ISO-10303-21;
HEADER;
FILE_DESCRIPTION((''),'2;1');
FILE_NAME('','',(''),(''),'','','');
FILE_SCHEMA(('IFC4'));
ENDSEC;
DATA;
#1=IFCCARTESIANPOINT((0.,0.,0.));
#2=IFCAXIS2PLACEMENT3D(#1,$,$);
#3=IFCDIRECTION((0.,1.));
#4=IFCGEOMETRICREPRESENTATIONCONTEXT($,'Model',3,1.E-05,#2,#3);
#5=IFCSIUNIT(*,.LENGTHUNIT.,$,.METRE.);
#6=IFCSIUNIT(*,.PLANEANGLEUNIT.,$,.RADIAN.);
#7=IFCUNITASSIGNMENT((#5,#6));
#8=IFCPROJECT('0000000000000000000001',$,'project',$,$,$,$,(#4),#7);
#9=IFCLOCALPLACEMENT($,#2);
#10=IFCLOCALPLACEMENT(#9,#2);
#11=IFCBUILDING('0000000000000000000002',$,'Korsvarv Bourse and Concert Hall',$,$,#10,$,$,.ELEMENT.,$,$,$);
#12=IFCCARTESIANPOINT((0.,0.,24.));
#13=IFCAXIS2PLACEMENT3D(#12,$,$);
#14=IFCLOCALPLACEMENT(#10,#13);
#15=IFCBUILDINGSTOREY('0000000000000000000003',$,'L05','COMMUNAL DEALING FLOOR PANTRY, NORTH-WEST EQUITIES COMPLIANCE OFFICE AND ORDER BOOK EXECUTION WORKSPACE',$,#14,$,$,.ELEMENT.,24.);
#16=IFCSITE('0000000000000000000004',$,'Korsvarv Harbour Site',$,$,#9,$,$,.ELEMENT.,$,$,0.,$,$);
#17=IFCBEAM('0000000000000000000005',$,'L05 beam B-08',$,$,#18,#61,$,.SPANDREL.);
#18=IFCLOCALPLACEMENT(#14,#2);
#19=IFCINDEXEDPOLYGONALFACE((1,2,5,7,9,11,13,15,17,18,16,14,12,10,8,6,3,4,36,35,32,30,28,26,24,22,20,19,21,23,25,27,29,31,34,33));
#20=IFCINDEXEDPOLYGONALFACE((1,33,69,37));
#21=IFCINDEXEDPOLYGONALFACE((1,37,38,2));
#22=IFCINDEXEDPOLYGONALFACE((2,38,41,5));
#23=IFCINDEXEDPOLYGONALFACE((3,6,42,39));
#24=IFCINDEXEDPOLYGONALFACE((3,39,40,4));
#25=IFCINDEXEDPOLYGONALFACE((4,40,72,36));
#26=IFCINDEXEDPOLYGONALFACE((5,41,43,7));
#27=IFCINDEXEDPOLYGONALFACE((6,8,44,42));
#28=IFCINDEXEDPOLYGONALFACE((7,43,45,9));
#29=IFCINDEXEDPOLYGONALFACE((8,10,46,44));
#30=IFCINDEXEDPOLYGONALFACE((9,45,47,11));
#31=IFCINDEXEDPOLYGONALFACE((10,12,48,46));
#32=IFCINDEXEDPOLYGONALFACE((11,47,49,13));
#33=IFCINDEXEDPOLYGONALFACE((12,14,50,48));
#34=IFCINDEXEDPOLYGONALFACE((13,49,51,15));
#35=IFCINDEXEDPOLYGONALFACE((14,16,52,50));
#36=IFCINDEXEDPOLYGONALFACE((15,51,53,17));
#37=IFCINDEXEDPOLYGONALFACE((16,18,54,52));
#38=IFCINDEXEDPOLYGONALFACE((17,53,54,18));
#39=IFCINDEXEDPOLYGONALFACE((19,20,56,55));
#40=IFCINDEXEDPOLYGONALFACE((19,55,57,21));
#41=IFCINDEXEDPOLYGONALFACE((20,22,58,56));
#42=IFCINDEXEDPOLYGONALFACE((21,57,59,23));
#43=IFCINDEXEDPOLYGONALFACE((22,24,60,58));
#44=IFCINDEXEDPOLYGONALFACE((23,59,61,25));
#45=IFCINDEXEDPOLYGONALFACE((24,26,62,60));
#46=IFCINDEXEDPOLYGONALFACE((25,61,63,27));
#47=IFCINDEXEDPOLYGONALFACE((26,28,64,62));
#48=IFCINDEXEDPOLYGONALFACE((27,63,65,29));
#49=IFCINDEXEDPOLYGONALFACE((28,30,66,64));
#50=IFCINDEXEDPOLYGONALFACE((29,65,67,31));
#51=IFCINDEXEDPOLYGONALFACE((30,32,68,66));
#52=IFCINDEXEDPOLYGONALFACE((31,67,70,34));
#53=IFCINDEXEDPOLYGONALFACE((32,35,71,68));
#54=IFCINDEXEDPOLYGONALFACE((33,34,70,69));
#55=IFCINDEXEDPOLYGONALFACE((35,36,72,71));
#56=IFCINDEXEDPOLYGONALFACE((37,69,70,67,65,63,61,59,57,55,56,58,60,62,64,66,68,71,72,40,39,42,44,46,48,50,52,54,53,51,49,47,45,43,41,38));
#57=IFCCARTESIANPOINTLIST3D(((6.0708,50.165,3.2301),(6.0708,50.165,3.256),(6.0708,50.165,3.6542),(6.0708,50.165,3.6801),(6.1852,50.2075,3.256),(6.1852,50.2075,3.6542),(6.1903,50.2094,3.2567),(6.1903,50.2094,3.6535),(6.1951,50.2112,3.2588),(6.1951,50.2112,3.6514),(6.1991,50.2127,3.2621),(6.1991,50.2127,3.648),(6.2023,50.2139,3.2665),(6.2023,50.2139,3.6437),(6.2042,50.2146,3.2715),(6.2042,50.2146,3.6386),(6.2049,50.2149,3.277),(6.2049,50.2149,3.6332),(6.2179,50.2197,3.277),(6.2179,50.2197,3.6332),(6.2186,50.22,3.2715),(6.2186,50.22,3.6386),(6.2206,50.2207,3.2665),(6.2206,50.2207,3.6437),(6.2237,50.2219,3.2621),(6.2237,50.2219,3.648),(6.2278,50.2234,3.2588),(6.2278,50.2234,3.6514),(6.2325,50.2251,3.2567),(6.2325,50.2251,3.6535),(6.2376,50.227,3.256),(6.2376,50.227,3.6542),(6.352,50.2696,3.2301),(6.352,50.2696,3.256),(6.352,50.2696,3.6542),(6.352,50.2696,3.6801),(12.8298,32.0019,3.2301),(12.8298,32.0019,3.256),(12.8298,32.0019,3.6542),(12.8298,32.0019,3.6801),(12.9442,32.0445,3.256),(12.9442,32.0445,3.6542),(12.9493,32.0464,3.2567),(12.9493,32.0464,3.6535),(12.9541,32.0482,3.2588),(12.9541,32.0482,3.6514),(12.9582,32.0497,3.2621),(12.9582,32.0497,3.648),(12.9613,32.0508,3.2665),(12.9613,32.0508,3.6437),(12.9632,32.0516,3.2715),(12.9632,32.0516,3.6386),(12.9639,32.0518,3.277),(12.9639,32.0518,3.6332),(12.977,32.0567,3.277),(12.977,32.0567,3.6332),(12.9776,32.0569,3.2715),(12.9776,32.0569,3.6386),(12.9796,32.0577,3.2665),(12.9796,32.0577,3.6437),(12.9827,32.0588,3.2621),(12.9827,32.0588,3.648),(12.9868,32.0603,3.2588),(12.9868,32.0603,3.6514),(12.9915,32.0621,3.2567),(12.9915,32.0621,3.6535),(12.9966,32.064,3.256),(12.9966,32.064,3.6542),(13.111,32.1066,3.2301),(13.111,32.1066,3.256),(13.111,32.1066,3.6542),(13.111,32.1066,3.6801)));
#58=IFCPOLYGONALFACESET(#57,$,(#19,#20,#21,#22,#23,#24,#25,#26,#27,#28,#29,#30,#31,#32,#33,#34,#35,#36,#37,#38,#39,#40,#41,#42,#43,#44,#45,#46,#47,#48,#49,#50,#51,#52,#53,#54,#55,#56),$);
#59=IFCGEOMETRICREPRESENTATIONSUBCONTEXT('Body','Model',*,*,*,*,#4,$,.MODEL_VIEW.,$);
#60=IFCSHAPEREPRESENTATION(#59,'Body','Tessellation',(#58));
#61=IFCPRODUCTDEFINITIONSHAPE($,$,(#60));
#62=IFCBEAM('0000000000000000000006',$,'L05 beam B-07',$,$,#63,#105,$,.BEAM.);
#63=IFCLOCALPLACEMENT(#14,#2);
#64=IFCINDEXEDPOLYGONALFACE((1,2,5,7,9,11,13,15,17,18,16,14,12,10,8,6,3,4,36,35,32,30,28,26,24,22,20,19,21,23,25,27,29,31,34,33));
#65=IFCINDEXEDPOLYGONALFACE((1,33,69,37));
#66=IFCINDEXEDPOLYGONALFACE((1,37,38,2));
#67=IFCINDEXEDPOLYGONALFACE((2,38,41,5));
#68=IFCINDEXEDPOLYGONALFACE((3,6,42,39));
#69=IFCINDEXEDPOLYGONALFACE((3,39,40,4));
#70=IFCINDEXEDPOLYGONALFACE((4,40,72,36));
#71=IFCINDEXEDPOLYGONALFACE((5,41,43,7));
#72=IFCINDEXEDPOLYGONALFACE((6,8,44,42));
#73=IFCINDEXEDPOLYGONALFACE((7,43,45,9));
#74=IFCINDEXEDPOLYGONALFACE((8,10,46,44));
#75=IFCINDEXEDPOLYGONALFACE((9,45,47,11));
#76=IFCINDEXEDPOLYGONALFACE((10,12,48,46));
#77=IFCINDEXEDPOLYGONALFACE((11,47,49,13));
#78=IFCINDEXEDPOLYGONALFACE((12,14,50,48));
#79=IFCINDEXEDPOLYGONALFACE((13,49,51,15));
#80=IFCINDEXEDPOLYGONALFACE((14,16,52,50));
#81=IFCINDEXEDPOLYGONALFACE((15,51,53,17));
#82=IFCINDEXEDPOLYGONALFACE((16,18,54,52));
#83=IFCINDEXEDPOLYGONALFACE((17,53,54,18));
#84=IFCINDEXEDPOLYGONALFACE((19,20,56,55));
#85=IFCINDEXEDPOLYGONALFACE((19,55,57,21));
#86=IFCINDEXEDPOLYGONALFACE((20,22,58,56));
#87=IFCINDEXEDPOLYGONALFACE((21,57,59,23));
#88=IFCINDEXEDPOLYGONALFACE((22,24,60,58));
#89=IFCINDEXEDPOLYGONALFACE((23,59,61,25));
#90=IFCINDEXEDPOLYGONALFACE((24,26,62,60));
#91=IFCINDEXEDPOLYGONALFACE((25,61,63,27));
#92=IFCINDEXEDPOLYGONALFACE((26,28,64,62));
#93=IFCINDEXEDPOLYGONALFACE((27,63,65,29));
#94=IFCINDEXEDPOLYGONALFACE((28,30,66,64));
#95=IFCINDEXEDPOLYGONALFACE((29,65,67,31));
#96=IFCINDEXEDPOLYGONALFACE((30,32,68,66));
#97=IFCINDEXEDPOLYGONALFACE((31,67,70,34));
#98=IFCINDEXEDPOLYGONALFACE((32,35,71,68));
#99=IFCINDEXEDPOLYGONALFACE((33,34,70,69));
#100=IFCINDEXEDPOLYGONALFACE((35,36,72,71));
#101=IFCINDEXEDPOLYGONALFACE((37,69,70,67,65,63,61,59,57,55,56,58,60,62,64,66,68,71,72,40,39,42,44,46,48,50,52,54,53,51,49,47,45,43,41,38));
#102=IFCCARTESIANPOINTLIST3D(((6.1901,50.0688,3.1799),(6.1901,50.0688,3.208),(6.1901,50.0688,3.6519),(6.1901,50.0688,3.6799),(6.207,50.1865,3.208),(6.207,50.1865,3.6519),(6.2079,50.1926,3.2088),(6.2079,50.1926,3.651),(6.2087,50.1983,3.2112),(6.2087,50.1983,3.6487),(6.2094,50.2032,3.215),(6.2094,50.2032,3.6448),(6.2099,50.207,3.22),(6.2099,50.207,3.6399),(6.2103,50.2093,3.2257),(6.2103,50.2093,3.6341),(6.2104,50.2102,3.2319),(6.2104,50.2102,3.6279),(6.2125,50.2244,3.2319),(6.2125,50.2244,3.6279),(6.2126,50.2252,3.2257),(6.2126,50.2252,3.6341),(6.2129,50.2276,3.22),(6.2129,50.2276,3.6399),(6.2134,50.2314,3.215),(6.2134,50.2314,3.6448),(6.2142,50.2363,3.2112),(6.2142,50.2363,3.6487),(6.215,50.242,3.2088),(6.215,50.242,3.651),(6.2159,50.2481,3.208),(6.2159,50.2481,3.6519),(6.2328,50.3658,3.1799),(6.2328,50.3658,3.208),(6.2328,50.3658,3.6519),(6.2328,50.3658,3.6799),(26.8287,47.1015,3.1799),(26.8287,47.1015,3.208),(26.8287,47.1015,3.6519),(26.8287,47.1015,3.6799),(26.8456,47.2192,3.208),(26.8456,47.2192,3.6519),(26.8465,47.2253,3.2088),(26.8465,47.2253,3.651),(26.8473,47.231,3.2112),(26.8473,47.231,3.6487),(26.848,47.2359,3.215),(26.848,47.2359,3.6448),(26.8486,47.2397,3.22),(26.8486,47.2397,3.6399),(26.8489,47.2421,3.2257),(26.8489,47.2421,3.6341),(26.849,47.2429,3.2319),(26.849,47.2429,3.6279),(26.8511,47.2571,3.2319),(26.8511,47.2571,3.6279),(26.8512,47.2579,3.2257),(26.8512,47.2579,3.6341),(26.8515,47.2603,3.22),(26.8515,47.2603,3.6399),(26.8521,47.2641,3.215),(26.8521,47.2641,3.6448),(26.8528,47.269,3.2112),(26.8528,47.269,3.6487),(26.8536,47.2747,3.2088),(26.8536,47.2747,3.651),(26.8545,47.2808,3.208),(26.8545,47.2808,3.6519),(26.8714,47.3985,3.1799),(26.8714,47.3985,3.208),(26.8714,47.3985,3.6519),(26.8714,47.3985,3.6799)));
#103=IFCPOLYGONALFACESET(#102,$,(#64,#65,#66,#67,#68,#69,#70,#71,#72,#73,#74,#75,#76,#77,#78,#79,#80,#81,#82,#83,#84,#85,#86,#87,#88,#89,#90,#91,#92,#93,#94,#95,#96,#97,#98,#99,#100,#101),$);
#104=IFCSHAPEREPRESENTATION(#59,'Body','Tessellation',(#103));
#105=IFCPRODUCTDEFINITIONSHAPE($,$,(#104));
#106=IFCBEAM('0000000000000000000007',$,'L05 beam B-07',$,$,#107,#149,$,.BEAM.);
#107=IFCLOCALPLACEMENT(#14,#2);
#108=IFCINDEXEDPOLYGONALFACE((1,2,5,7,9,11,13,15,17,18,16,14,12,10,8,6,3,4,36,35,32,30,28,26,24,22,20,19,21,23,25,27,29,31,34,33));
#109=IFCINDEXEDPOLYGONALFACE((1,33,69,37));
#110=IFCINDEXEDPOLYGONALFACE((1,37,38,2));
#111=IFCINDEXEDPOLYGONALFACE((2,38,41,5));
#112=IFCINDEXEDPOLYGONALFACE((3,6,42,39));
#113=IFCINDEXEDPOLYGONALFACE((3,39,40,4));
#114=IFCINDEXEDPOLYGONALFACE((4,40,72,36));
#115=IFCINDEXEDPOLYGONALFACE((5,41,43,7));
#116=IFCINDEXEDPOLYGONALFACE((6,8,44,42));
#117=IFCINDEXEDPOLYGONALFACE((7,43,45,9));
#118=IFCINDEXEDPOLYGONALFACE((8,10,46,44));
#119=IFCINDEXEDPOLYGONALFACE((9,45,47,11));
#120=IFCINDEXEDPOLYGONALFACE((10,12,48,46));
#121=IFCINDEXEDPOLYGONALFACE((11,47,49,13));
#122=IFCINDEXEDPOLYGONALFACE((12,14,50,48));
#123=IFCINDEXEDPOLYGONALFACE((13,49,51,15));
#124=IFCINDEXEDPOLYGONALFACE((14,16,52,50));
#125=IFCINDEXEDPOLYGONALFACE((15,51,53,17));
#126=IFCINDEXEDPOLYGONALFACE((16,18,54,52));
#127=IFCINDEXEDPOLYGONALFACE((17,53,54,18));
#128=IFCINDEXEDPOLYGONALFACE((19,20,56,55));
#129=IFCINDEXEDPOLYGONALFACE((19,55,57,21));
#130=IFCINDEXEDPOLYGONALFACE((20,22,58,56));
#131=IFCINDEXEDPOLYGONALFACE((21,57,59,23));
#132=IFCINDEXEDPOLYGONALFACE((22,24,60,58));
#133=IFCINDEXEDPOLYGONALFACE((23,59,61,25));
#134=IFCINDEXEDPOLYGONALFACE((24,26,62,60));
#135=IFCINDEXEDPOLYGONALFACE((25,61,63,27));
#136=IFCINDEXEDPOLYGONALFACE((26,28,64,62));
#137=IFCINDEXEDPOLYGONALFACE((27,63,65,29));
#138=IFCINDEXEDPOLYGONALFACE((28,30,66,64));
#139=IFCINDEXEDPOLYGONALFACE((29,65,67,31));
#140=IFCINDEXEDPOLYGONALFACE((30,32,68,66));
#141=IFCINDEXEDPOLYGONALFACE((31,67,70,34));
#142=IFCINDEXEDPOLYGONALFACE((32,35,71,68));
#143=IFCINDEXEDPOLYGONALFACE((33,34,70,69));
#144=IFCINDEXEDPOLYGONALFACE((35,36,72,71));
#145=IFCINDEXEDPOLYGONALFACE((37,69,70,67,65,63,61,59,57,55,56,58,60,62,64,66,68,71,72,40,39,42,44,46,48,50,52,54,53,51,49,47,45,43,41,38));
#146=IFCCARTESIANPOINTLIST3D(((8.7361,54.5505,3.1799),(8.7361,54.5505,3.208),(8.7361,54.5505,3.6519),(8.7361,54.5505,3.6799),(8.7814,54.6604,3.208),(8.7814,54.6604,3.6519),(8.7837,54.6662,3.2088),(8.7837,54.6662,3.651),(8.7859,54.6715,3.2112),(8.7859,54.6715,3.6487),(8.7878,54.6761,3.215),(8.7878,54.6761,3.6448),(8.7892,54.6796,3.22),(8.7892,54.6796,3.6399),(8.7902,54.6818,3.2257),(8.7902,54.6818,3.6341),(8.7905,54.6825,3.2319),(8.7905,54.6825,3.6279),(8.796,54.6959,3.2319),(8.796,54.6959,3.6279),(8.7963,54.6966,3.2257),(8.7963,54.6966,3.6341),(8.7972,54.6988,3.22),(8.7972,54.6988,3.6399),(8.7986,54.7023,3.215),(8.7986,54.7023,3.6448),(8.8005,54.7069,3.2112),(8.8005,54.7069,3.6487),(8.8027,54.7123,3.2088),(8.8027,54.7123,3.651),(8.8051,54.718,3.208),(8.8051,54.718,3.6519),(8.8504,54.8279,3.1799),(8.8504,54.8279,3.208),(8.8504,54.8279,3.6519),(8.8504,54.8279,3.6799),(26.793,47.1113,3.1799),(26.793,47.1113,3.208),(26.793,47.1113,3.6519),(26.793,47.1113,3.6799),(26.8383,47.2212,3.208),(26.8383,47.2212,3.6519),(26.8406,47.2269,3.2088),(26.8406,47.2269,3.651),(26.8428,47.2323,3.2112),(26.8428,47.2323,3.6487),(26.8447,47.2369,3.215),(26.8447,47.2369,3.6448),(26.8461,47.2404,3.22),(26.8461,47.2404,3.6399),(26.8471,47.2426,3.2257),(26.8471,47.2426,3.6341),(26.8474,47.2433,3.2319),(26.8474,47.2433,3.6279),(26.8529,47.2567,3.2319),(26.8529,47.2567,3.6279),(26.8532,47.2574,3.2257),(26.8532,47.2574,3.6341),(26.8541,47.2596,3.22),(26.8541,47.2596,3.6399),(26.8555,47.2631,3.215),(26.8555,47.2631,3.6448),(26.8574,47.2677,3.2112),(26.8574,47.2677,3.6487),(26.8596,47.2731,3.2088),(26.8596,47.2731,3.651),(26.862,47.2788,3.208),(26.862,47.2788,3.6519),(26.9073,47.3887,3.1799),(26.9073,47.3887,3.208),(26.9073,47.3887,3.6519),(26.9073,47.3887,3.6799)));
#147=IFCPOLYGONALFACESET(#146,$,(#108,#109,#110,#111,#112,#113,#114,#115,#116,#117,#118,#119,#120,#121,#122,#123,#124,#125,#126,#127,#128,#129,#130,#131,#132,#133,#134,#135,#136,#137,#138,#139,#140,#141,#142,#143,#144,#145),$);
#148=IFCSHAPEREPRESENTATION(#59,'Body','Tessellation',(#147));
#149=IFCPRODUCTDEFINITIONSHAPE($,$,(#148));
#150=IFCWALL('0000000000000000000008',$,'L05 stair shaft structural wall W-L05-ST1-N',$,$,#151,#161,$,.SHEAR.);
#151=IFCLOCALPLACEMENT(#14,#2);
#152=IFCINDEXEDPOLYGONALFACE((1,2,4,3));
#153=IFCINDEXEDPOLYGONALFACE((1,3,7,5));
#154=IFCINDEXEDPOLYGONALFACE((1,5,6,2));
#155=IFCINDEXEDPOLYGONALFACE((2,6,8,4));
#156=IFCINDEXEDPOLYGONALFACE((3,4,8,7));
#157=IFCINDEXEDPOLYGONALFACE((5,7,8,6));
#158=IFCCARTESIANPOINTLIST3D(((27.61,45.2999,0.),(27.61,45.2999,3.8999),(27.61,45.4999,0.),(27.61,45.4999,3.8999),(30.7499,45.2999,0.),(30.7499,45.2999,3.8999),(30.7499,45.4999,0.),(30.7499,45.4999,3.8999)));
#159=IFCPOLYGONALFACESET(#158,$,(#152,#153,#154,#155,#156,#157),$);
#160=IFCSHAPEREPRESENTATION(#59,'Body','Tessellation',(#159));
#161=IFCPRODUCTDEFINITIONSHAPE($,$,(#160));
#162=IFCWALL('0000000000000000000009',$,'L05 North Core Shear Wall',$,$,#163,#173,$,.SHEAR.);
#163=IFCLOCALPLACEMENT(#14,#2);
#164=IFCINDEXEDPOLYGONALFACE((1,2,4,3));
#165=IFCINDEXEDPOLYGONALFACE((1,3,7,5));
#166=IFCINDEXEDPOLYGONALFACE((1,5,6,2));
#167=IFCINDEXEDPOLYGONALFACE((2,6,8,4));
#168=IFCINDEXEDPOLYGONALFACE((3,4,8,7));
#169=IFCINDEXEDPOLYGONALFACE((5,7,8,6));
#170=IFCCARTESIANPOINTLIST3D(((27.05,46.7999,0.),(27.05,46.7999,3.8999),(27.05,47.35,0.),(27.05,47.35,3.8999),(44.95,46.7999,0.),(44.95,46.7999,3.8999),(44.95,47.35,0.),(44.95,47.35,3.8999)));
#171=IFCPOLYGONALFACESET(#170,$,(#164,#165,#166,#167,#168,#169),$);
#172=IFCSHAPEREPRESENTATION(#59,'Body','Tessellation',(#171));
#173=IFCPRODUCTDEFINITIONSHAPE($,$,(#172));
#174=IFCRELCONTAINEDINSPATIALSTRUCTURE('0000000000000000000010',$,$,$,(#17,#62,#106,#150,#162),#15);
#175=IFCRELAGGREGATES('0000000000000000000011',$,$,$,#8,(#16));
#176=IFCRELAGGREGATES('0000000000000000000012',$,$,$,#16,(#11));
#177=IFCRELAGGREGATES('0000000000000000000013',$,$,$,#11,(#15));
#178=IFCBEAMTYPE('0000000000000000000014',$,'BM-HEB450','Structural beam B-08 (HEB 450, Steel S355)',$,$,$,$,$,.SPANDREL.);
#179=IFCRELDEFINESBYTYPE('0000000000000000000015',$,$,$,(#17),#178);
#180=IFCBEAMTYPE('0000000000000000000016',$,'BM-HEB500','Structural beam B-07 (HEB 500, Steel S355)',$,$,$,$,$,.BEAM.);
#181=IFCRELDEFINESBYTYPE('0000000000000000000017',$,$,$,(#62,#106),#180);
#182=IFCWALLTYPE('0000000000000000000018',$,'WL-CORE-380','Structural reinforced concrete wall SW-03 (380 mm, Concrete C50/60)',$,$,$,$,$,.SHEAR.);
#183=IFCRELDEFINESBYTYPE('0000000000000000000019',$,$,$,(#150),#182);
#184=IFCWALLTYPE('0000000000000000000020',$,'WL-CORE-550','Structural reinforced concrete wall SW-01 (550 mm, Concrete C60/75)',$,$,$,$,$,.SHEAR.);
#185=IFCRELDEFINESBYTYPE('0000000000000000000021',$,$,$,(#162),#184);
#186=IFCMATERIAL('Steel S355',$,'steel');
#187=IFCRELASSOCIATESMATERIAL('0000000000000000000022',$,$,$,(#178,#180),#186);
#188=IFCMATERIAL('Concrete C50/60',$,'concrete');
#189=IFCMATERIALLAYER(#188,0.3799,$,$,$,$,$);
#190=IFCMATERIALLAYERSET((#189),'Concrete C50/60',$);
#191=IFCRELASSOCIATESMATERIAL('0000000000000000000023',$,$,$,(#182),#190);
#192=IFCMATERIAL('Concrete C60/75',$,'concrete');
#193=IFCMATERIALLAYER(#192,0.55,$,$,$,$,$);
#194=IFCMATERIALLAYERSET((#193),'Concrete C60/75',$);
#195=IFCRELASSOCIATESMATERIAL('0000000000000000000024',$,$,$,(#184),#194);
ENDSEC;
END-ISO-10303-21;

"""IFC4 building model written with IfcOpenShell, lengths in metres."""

from ifc_helpers import new_model, si_unit, direction, frame, frame_2d, origin, origin_2d, place, context, subcontext, project, spatial, rectangle, i_section, extrude, source, transform, mapped, material, layer, layer_set, material_profile, profile_set, type_object, element, save


model = new_model("IFC4")

# Units and contexts
model_context = context("Model", 3, precision=1e-05, world=origin(), true_north=direction((0.0, 1.0)))
body_context = subcontext(model_context, "Body", "Model", "MODEL_VIEW")
ifc_project = project(units=[si_unit("LENGTHUNIT", "METRE"), si_unit("PLANEANGLEUNIT", "RADIAN")], contexts=[model_context])

# Site, building, storey
site_placement = place(None, origin())
site = spatial("IfcSite", under=ifc_project, at=site_placement, Name="Korsvarv Harbour Site", CompositionType="ELEMENT", RefElevation=0.0)
building_placement = place(site_placement, origin())
building = spatial("IfcBuilding", under=site, at=building_placement, Name="Korsvarv Bourse and Concert Hall", CompositionType="ELEMENT")
storey_placement = place(building_placement, frame((0.0, 0.0, 24.0)))
storey = spatial("IfcBuildingStorey", under=building, at=storey_placement, Name="L05", Description="COMMUNAL DEALING FLOOR PANTRY, NORTH-WEST EQUITIES COMPLIANCE OFFICE AND ORDER BOOK EXECUTION WORKSPACE", CompositionType="ELEMENT", Elevation=24.0)

# Shared definitions
ifc_material_1 = material(Name="Concrete C60/75", Category="concrete")

# Beams
ifc_material_2 = material(Name="Steel S355", Category="steel")
ifc_material_profile_1 = material_profile(ifc_material_2, i_section(OverallWidth=0.3, OverallDepth=0.45, WebThickness=0.0139, FlangeThickness=0.0259, FilletRadius=0.021, at=origin_2d()), Name="HEB 450")
ifc_profile_set_1 = profile_set([ifc_material_profile_1], Name="Steel S355")
beam_type_1 = type_object("IfcBeamType", Name="BM-HEB450", Description="Structural beam B-08 (HEB 450, Steel S355)", PredefinedType="SPANDREL", material=ifc_profile_set_1)
shared_shape_1 = source(origin(), body_context, "Body", "SweptSolid", [
    extrude(i_section(OverallWidth=0.3, OverallDepth=0.45, WebThickness=0.0139, FlangeThickness=0.0259, FilletRadius=0.021, at=origin_2d()), origin(), (0.0, 0.0, 1.0), 19.3799),
])
beam_1_placement = place(storey_placement, frame((6.2114, 50.2173, 3.4551), z_axis=(0.348764, -0.93721, 0.0), x_axis=(0.93721, 0.348764, 0.0)))
element("IfcBeam", 1, at=beam_1_placement, inside=storey, type_object=beam_type_1, Name="L05 beam B-08", PredefinedType="SPANDREL", context=body_context, shape_type="MappedRepresentation", body=[
    mapped(shared_shape_1, transform((0.0, 0.0, 0.0), scale=1.0)),
])
ifc_material_profile_2 = material_profile(ifc_material_2, i_section(OverallWidth=0.3, OverallDepth=0.5, WebThickness=0.0144, FlangeThickness=0.0281, FilletRadius=0.0239, at=origin_2d()), Name="HEB 500")
ifc_profile_set_2 = profile_set([ifc_material_profile_2], Name="Steel S355")
beam_type_2 = type_object("IfcBeamType", Name="BM-HEB500", Description="Structural beam B-07 (HEB 500, Steel S355)", PredefinedType="BEAM", material=ifc_profile_set_2)
shared_shape_2 = source(origin(), body_context, "Body", "SweptSolid", [
    extrude(i_section(OverallWidth=0.3, OverallDepth=0.5, WebThickness=0.0144, FlangeThickness=0.0281, FilletRadius=0.0239, at=origin_2d()), origin(), (0.0, 0.0, 1.0), 20.8508),
])
beam_2_placement = place(storey_placement, frame((6.2114, 50.2173, 3.4299), z_axis=(0.989822, -0.14231, 0.0), x_axis=(0.14231, 0.989822, 0.0)))
element("IfcBeam", 2, at=beam_2_placement, inside=storey, type_object=beam_type_2, Name="L05 beam B-07", PredefinedType="BEAM", context=body_context, shape_type="MappedRepresentation", body=[
    mapped(shared_shape_2, transform((0.0, 0.0, 0.0), scale=1.0)),
])
shared_shape_3 = source(origin(), body_context, "Body", "SweptSolid", [
    extrude(i_section(OverallWidth=0.3, OverallDepth=0.5, WebThickness=0.0144, FlangeThickness=0.0281, FilletRadius=0.0239, at=origin_2d()), origin(), (0.0, 0.0, 1.0), 19.5293),
])
beam_3_placement = place(storey_placement, frame((8.7932, 54.6892, 3.4299), z_axis=(0.924606, -0.380926, 0.0), x_axis=(0.380926, 0.924606, 0.0)))
element("IfcBeam", 3, at=beam_3_placement, inside=storey, type_object=beam_type_2, Name="L05 beam B-07", PredefinedType="BEAM", context=body_context, shape_type="MappedRepresentation", body=[
    mapped(shared_shape_3, transform((0.0, 0.0, 0.0), scale=1.0)),
])

# Walls
ifc_material_3 = material(Name="Concrete C50/60", Category="concrete")
ifc_layer_1 = layer(ifc_material_3, 0.3799)
ifc_layer_set_1 = layer_set([ifc_layer_1], Name="Concrete C50/60")
wall_type_1 = type_object("IfcWallType", Name="WL-CORE-380", Description="Structural reinforced concrete wall SW-03 (380 mm, Concrete C50/60)", PredefinedType="SHEAR", material=ifc_layer_set_1)
wall_1_placement = place(storey_placement, frame((27.6101, 45.3999, 0.0), z_axis=(0.0, 0.0, 1.0), x_axis=(1.0, 0.0, 0.0)))
element("IfcWall", 4, at=wall_1_placement, inside=storey, type_object=wall_type_1, Name="L05 stair shaft structural wall W-L05-ST1-N", PredefinedType="SHEAR", context=body_context, shape_type="SweptSolid", body=[
    extrude(rectangle(XDim=3.1399, YDim=0.2, at=frame_2d((1.5698, 0.0))), origin(), (0.0, 0.0, 1.0), 3.8999),
])
ifc_layer_2 = layer(ifc_material_1, 0.55)
ifc_layer_set_2 = layer_set([ifc_layer_2], Name="Concrete C60/75")
wall_type_2 = type_object("IfcWallType", Name="WL-CORE-550", Description="Structural reinforced concrete wall SW-01 (550 mm, Concrete C60/75)", PredefinedType="SHEAR", material=ifc_layer_set_2)
wall_2_placement = place(storey_placement, frame((27.05, 47.075, 0.0), z_axis=(0.0, 0.0, 1.0), x_axis=(1.0, 0.0, 0.0)))
element("IfcWall", 5, at=wall_2_placement, inside=storey, type_object=wall_type_2, Name="L05 North Core Shear Wall", PredefinedType="SHEAR", context=body_context, shape_type="SweptSolid", body=[
    extrude(rectangle(XDim=17.8999, YDim=0.55, at=frame_2d((8.95, 0.0))), origin(), (0.0, 0.0, 1.0), 3.8999),
])

save(model, "model.ifc")
